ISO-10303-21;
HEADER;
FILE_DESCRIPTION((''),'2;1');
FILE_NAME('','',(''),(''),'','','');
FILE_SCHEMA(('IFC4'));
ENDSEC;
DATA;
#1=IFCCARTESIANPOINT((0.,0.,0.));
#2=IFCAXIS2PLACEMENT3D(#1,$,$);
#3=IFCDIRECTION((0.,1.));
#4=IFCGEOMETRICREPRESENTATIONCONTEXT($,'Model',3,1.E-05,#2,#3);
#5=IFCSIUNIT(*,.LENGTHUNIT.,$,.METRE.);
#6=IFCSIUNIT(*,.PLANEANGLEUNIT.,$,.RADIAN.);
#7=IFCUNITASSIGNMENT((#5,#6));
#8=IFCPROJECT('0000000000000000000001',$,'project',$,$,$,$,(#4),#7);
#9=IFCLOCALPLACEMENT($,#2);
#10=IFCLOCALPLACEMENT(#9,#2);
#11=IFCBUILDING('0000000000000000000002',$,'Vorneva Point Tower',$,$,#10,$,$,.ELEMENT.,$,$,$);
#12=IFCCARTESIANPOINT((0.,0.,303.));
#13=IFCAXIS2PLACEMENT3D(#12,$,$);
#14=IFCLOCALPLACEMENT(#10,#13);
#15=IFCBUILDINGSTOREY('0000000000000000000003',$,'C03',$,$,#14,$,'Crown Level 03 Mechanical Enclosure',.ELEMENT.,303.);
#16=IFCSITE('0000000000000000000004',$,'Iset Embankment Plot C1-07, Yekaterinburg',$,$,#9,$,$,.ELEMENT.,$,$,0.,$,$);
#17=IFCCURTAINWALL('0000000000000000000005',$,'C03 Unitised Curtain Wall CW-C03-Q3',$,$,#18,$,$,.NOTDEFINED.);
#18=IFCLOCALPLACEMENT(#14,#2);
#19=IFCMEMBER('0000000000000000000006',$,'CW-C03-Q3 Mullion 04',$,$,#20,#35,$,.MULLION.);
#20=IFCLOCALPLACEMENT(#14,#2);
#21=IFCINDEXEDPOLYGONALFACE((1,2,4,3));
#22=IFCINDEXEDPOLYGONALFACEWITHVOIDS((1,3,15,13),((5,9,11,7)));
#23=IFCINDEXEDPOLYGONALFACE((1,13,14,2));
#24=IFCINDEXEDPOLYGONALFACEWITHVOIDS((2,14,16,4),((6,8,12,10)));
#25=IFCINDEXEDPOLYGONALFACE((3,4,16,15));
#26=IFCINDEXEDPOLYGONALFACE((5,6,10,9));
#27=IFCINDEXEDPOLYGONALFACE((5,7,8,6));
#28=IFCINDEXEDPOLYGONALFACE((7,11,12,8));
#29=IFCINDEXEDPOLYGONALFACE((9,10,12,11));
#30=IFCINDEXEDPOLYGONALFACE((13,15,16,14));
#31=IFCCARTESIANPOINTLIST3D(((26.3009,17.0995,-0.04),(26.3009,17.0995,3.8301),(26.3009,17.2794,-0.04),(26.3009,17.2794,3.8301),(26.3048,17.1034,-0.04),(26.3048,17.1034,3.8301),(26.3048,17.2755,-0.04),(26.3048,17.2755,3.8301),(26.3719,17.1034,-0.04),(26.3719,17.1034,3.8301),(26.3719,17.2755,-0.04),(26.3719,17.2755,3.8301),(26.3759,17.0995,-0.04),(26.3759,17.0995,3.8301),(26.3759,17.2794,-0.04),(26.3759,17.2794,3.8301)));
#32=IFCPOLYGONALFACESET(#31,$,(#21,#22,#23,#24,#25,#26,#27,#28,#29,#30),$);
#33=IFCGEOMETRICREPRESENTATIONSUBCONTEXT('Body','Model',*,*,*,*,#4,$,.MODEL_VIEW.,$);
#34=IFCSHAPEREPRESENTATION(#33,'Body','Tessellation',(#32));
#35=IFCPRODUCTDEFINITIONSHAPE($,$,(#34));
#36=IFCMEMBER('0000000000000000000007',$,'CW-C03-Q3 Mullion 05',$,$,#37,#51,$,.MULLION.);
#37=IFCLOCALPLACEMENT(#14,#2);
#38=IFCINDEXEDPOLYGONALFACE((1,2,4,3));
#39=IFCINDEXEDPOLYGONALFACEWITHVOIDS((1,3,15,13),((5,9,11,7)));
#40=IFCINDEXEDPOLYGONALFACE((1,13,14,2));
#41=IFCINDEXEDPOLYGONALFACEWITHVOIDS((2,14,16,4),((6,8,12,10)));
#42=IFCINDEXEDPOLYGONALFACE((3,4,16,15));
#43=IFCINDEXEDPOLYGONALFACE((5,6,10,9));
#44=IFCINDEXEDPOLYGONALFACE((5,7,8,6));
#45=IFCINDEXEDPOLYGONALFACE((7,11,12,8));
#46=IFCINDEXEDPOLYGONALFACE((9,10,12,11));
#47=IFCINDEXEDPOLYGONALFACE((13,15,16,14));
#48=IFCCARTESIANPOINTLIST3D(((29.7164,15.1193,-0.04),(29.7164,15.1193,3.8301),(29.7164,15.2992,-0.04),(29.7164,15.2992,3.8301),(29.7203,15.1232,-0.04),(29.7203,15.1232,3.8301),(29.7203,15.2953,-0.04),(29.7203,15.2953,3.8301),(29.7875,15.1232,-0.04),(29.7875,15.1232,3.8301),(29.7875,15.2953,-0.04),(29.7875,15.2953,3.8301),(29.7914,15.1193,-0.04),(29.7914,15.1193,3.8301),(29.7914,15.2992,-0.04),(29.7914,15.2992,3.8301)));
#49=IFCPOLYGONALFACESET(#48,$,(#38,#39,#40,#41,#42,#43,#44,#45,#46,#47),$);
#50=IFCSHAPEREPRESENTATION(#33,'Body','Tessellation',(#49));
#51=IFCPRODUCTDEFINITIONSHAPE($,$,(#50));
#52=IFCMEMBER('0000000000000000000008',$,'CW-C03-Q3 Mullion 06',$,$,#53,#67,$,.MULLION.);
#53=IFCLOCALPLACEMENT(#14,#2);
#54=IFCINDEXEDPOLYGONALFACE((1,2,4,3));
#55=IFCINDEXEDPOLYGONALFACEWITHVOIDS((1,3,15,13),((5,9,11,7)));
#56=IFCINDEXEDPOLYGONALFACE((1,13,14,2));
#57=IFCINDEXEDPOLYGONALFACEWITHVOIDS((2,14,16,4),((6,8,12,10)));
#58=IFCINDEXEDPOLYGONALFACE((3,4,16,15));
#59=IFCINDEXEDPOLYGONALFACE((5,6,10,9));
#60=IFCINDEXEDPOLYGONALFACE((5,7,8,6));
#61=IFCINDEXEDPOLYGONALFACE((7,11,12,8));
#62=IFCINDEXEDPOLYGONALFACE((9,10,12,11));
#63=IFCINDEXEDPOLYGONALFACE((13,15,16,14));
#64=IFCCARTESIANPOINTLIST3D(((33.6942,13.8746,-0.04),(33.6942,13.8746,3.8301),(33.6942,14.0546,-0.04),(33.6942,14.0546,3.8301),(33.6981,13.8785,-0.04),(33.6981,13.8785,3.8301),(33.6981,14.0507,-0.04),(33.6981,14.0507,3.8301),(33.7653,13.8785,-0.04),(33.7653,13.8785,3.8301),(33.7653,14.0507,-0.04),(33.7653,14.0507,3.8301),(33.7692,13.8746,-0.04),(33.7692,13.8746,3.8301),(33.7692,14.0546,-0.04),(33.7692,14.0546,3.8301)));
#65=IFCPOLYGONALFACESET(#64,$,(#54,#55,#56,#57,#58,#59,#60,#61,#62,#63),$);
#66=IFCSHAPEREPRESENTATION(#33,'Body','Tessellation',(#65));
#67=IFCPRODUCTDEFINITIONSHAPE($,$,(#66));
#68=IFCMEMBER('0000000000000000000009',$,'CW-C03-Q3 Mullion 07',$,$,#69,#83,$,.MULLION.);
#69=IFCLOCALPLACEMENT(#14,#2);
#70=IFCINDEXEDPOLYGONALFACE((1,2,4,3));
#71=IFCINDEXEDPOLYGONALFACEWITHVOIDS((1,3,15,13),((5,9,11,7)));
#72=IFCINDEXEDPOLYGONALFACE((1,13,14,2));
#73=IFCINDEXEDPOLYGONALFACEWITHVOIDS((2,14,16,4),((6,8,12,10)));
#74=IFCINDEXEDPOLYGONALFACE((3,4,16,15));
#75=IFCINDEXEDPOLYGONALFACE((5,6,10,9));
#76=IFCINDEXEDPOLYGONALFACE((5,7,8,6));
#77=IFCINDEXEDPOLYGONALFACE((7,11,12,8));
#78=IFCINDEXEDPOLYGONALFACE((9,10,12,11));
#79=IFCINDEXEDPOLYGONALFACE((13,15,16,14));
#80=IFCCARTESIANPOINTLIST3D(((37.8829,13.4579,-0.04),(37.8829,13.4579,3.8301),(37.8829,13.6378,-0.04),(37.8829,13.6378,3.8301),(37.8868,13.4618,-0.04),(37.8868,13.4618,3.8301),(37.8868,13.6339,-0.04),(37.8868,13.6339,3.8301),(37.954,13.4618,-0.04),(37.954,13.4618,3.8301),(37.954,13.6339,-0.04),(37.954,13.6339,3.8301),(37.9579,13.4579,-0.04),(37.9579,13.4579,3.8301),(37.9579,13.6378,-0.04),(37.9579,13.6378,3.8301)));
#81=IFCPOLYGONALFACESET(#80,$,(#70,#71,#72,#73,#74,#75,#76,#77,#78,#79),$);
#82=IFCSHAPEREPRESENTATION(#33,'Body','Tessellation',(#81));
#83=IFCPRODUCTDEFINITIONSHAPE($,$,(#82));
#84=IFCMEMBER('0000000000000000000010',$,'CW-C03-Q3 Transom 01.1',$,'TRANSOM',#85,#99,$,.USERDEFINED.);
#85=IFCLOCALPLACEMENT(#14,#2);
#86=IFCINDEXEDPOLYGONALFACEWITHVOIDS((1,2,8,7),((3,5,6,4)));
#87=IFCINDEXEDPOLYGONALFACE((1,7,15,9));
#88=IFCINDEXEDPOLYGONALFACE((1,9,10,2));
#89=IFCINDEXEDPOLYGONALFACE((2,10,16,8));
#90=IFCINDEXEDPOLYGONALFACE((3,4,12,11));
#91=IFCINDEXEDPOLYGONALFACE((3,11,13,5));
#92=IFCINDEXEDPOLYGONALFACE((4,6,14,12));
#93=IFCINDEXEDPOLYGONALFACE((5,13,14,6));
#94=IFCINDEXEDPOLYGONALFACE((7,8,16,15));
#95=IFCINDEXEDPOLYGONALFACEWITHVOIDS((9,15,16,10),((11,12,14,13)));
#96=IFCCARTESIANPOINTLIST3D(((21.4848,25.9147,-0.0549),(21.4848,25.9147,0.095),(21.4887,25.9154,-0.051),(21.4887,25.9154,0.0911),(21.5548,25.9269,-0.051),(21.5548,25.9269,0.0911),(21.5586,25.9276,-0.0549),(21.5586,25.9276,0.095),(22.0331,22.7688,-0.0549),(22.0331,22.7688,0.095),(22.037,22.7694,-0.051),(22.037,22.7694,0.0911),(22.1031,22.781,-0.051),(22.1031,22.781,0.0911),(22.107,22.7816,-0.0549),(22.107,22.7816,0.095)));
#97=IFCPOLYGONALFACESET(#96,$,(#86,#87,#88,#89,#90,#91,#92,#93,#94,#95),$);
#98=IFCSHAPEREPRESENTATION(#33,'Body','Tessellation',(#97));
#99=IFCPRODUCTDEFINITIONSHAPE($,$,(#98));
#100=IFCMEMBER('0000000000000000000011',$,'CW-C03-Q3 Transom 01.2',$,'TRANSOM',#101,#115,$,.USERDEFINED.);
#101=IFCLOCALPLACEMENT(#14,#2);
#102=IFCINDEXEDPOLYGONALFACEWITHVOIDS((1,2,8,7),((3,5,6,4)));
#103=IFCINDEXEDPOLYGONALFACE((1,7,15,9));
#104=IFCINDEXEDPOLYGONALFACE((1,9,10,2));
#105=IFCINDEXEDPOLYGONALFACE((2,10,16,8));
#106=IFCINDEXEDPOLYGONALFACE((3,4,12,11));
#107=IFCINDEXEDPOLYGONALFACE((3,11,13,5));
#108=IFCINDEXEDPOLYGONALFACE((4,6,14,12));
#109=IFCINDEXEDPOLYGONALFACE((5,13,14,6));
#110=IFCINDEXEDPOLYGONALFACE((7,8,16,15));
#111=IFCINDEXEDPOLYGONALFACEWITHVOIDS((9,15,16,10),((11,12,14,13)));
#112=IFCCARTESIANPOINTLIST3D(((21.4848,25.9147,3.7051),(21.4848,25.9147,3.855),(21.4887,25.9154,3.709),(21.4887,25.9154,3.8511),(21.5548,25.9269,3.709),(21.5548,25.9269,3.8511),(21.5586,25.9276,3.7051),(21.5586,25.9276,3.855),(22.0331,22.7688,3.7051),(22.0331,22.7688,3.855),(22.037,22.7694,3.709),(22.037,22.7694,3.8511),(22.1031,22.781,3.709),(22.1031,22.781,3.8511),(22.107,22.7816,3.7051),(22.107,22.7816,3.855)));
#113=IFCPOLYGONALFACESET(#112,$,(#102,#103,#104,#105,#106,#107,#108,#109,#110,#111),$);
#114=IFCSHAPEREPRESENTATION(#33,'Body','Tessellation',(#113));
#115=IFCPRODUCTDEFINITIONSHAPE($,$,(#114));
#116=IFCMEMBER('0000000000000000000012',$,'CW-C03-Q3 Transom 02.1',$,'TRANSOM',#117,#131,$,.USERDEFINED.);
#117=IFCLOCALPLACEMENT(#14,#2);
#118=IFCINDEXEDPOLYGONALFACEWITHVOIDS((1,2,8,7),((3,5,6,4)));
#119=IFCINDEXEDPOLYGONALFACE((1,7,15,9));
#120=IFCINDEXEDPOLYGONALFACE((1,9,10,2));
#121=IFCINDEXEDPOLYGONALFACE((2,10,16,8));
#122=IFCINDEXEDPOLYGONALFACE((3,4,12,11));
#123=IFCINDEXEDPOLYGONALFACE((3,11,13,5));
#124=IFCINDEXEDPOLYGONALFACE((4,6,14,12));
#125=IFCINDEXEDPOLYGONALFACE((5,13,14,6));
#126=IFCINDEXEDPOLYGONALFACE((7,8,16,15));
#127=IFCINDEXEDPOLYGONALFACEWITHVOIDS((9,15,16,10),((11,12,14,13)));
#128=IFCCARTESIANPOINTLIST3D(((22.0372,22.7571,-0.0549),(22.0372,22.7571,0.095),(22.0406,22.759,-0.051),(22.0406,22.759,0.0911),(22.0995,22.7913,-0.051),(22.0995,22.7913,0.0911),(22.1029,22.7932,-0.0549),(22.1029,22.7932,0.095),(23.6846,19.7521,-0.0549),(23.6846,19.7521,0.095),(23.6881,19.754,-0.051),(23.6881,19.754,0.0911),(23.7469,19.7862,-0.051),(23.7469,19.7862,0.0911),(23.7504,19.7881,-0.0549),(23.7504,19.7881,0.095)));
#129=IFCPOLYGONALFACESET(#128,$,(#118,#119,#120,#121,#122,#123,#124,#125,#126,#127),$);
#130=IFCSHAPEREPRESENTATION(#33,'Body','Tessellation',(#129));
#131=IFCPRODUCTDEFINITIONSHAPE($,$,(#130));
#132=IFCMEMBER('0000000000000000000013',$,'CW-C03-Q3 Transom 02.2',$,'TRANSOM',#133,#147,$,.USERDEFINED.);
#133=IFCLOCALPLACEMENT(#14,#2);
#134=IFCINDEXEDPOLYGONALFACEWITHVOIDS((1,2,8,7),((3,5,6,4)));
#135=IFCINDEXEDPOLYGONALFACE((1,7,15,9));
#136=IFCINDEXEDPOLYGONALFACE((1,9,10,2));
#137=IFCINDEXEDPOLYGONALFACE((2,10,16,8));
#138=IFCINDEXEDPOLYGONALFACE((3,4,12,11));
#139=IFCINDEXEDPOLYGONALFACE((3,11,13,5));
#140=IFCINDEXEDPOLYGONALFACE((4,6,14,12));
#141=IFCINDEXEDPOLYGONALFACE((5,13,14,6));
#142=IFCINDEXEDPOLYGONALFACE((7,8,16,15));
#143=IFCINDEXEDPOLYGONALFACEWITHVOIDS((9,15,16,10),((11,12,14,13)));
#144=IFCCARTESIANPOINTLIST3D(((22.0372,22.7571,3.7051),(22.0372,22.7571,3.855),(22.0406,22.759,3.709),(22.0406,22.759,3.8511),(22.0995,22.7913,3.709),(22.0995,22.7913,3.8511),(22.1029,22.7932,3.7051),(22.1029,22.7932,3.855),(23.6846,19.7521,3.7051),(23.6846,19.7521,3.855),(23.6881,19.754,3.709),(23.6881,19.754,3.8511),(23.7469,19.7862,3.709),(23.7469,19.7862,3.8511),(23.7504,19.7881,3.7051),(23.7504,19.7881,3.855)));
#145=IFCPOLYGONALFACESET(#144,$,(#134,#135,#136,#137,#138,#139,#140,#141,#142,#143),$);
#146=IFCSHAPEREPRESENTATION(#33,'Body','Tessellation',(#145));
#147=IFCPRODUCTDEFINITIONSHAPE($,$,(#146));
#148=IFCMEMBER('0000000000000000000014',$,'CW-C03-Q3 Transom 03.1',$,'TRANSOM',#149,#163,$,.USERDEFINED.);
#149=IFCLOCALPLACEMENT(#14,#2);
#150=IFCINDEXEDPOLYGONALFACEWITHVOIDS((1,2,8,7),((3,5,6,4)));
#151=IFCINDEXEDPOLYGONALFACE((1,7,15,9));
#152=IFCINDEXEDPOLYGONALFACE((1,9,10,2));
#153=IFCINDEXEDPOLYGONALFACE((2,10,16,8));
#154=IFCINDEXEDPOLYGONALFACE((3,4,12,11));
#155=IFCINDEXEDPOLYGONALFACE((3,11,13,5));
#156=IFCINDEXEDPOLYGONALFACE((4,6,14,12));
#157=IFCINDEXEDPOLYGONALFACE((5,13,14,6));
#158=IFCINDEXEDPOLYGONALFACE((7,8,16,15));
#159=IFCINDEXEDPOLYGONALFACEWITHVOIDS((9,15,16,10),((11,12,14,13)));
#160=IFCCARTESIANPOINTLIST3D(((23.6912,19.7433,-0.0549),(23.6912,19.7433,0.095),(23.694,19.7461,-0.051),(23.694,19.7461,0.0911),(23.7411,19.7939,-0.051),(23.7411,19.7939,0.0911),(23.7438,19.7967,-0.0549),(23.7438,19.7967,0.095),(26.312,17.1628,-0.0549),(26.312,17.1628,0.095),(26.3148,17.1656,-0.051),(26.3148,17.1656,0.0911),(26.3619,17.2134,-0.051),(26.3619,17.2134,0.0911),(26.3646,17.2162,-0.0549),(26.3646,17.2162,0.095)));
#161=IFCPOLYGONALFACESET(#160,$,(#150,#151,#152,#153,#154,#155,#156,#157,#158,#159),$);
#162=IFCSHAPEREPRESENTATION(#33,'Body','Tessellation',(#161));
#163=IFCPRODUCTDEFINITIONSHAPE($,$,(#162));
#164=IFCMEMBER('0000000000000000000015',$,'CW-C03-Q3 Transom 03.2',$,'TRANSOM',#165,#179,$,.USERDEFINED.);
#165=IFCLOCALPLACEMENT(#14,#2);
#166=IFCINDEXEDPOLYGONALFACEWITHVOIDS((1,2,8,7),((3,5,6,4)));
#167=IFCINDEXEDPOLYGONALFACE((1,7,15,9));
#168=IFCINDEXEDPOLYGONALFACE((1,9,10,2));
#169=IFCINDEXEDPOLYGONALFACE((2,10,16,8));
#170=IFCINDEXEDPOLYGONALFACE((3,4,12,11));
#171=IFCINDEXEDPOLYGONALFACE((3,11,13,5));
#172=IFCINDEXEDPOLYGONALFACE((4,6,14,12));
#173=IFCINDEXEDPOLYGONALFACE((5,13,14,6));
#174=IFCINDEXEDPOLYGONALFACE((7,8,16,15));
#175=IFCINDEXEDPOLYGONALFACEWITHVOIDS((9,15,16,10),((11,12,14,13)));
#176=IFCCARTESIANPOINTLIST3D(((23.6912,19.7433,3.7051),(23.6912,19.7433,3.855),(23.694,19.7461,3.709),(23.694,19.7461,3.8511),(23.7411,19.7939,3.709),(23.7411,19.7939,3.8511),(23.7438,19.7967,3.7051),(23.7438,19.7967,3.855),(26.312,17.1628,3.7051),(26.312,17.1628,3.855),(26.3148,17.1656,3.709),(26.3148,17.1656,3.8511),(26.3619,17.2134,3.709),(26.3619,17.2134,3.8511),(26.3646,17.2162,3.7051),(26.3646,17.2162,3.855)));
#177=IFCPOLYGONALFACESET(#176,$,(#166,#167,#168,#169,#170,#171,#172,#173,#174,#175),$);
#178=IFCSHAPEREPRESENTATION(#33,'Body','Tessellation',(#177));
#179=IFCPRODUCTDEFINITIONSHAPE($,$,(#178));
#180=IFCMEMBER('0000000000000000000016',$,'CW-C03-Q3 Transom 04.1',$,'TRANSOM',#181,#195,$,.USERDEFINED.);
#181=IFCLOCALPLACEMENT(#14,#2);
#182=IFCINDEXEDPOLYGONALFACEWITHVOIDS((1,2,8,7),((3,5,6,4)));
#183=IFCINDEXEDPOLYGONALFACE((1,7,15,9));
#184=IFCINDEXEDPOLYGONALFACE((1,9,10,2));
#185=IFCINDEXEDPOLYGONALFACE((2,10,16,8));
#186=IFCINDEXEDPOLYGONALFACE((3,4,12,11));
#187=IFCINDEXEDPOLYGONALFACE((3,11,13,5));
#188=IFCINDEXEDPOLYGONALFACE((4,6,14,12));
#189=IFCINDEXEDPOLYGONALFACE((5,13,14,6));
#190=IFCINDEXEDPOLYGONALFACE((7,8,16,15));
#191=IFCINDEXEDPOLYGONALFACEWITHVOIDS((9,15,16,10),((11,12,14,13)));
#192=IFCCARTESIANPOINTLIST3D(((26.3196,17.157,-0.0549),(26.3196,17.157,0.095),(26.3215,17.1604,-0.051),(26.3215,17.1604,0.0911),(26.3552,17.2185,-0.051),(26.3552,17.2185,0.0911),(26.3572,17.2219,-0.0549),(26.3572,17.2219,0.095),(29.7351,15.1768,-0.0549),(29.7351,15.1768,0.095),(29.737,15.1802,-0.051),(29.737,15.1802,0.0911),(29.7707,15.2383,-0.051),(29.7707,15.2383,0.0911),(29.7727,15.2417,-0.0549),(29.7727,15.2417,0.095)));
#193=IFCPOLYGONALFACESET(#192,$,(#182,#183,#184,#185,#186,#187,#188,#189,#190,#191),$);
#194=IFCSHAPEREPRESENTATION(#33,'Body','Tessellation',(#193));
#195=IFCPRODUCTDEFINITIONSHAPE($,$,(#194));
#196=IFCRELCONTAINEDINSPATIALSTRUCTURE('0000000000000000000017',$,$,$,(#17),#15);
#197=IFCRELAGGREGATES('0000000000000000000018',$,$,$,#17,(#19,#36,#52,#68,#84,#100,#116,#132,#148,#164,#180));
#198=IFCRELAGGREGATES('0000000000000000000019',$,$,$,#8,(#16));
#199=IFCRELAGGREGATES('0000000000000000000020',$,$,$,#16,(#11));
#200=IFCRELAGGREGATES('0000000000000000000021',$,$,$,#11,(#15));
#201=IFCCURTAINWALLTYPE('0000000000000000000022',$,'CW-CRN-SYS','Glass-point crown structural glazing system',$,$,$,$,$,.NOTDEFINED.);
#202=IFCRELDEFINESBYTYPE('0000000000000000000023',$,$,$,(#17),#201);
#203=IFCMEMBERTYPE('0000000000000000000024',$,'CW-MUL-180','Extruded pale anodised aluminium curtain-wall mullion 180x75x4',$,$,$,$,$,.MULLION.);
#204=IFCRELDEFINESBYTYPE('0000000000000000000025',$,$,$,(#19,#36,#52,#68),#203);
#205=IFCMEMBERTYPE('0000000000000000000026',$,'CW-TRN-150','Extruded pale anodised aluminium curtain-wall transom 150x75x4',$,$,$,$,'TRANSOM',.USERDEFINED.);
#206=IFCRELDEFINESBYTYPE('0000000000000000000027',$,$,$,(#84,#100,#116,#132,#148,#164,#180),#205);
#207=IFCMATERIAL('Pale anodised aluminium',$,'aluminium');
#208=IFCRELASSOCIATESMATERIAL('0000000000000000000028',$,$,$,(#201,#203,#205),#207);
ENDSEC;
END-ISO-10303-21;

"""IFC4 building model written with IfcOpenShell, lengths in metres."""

from ifc_helpers import new_model, si_unit, direction, frame, origin, origin_2d, place, context, subcontext, project, spatial, hollow_rectangle, extrude, material, material_profile, profile_set, type_object, element, aggregate, save


model = new_model("IFC4")

# Units and contexts
model_context = context("Model", 3, precision=1e-05, world=origin(), true_north=direction((0.0, 1.0)))
body_context = subcontext(model_context, "Body", "Model", "MODEL_VIEW")
ifc_project = project(units=[si_unit("LENGTHUNIT", "METRE"), si_unit("PLANEANGLEUNIT", "RADIAN")], contexts=[model_context])

# Site, building, storey
site_placement = place(None, origin())
site = spatial("IfcSite", under=ifc_project, at=site_placement, Name="Iset Embankment Plot C1-07, Yekaterinburg", CompositionType="ELEMENT", RefElevation=0.0)
building_placement = place(site_placement, origin())
building = spatial("IfcBuilding", under=site, at=building_placement, Name="Vorneva Point Tower", CompositionType="ELEMENT")
storey_placement = place(building_placement, frame((0.0, 0.0, 303.0)))
storey = spatial("IfcBuildingStorey", under=building, at=storey_placement, Name="C03", LongName="Crown Level 03 Mechanical Enclosure", CompositionType="ELEMENT", Elevation=303.0)

# Curtain wall, members
ifc_material_1 = material(Name="Pale anodised aluminium", Category="aluminium")
curtain_wall_type = type_object("IfcCurtainWallType", Name="CW-CRN-SYS", Description="Glass-point crown structural glazing system", PredefinedType="NOTDEFINED", material=ifc_material_1)
curtain_wall_placement = place(storey_placement, origin())
curtain_wall = element("IfcCurtainWall", 1, at=curtain_wall_placement, inside=storey, type_object=curtain_wall_type, Name="C03 Unitised Curtain Wall CW-C03-Q3", PredefinedType="NOTDEFINED")
ifc_material_profile_1 = material_profile(ifc_material_1, hollow_rectangle(XDim=0.075, YDim=0.1799, WallThickness=0.0039, at=origin_2d()), Name="AL-MUL 180x75x4")
ifc_profile_set_1 = profile_set([ifc_material_profile_1], Name="Pale anodised aluminium")
member_type_1 = type_object("IfcMemberType", Name="CW-MUL-180", Description="Extruded pale anodised aluminium curtain-wall mullion 180x75x4", PredefinedType="MULLION", material=ifc_profile_set_1)
member_1_placement = place(storey_placement, frame((26.3384, 17.1895, -0.04), z_axis=(0.0, 0.0, 1.0), x_axis=(1.0, 0.0, 0.0)))
member_1 = element("IfcMember", 2, at=member_1_placement, type_object=member_type_1, Name="CW-C03-Q3 Mullion 04", PredefinedType="MULLION", context=body_context, shape_type="SweptSolid", body=[
    extrude(hollow_rectangle(XDim=0.075, YDim=0.1799, WallThickness=0.0039, at=origin_2d()), origin(), (0.0, 0.0, 1.0), 3.8701),
])
member_2_placement = place(storey_placement, frame((29.7539, 15.2092, -0.04), z_axis=(0.0, 0.0, 1.0), x_axis=(1.0, 0.0, 0.0)))
member_2 = element("IfcMember", 3, at=member_2_placement, type_object=member_type_1, Name="CW-C03-Q3 Mullion 05", PredefinedType="MULLION", context=body_context, shape_type="SweptSolid", body=[
    extrude(hollow_rectangle(XDim=0.075, YDim=0.1799, WallThickness=0.0039, at=origin_2d()), origin(), (0.0, 0.0, 1.0), 3.8701),
])
member_3_placement = place(storey_placement, frame((33.7317, 13.9646, -0.04), z_axis=(0.0, 0.0, 1.0), x_axis=(1.0, 0.0, 0.0)))
member_3 = element("IfcMember", 4, at=member_3_placement, type_object=member_type_1, Name="CW-C03-Q3 Mullion 06", PredefinedType="MULLION", context=body_context, shape_type="SweptSolid", body=[
    extrude(hollow_rectangle(XDim=0.075, YDim=0.1799, WallThickness=0.0039, at=origin_2d()), origin(), (0.0, 0.0, 1.0), 3.8701),
])
member_4_placement = place(storey_placement, frame((37.9204, 13.5479, -0.04), z_axis=(0.0, 0.0, 1.0), x_axis=(1.0, 0.0, 0.0)))
member_4 = element("IfcMember", 5, at=member_4_placement, type_object=member_type_1, Name="CW-C03-Q3 Mullion 07", PredefinedType="MULLION", context=body_context, shape_type="SweptSolid", body=[
    extrude(hollow_rectangle(XDim=0.075, YDim=0.1799, WallThickness=0.0039, at=origin_2d()), origin(), (0.0, 0.0, 1.0), 3.8701),
])
ifc_material_profile_2 = material_profile(ifc_material_1, hollow_rectangle(XDim=0.075, YDim=0.1499, WallThickness=0.0039, at=origin_2d()), Name="AL-TRN 150x75x4")
ifc_profile_set_2 = profile_set([ifc_material_profile_2], Name="Pale anodised aluminium")
member_type_2 = type_object("IfcMemberType", Name="CW-TRN-150", Description="Extruded pale anodised aluminium curtain-wall transom 150x75x4", ElementType="TRANSOM", PredefinedType="USERDEFINED", material=ifc_profile_set_2)
member_5_placement = place(storey_placement, frame((21.5217, 25.9211, 0.02), z_axis=(0.171709, -0.985148, 0.0), x_axis=(0.985148, 0.171709, 0.0)))
member_5 = element("IfcMember", 6, at=member_5_placement, type_object=member_type_2, Name="CW-C03-Q3 Transom 01.1", ObjectType="TRANSOM", PredefinedType="USERDEFINED", context=body_context, shape_type="SweptSolid", body=[
    extrude(hollow_rectangle(XDim=0.075, YDim=0.1499, WallThickness=0.0039, at=origin_2d()), origin(), (0.0, 0.0, 1.0), 3.1934),
])
member_6_placement = place(storey_placement, frame((21.5217, 25.9211, 3.78), z_axis=(0.171709, -0.985148, 0.0), x_axis=(0.985148, 0.171709, 0.0)))
member_6 = element("IfcMember", 7, at=member_6_placement, type_object=member_type_2, Name="CW-C03-Q3 Transom 01.2", ObjectType="TRANSOM", PredefinedType="USERDEFINED", context=body_context, shape_type="SweptSolid", body=[
    extrude(hollow_rectangle(XDim=0.075, YDim=0.1499, WallThickness=0.0039, at=origin_2d()), origin(), (0.0, 0.0, 1.0), 3.1934),
])
member_7_placement = place(storey_placement, frame((22.0701, 22.7751, 0.02), z_axis=(0.480718, -0.876875, 0.0), x_axis=(0.876875, 0.480718, 0.0)))
member_7 = element("IfcMember", 8, at=member_7_placement, type_object=member_type_2, Name="CW-C03-Q3 Transom 02.1", ObjectType="TRANSOM", PredefinedType="USERDEFINED", context=body_context, shape_type="SweptSolid", body=[
    extrude(hollow_rectangle(XDim=0.075, YDim=0.1499, WallThickness=0.0039, at=origin_2d()), origin(), (0.0, 0.0, 1.0), 3.427),
])
member_8_placement = place(storey_placement, frame((22.0701, 22.7751, 3.78), z_axis=(0.480718, -0.876875, 0.0), x_axis=(0.876875, 0.480718, 0.0)))
member_8 = element("IfcMember", 9, at=member_8_placement, type_object=member_type_2, Name="CW-C03-Q3 Transom 02.2", ObjectType="TRANSOM", PredefinedType="USERDEFINED", context=body_context, shape_type="SweptSolid", body=[
    extrude(hollow_rectangle(XDim=0.075, YDim=0.1499, WallThickness=0.0039, at=origin_2d()), origin(), (0.0, 0.0, 1.0), 3.427),
])
member_9_placement = place(storey_placement, frame((23.7175, 19.77, 0.02), z_axis=(0.712562, -0.701609, 0.0), x_axis=(0.701609, 0.712562, 0.0)))
member_9 = element("IfcMember", 10, at=member_9_placement, type_object=member_type_2, Name="CW-C03-Q3 Transom 03.1", ObjectType="TRANSOM", PredefinedType="USERDEFINED", context=body_context, shape_type="SweptSolid", body=[
    extrude(hollow_rectangle(XDim=0.075, YDim=0.1499, WallThickness=0.0039, at=origin_2d()), origin(), (0.0, 0.0, 1.0), 3.678),
])
member_10_placement = place(storey_placement, frame((23.7175, 19.77, 3.78), z_axis=(0.712562, -0.701609, 0.0), x_axis=(0.701609, 0.712562, 0.0)))
member_10 = element("IfcMember", 11, at=member_10_placement, type_object=member_type_2, Name="CW-C03-Q3 Transom 03.2", ObjectType="TRANSOM", PredefinedType="USERDEFINED", context=body_context, shape_type="SweptSolid", body=[
    extrude(hollow_rectangle(XDim=0.075, YDim=0.1499, WallThickness=0.0039, at=origin_2d()), origin(), (0.0, 0.0, 1.0), 3.678),
])
member_11_placement = place(storey_placement, frame((26.3384, 17.1895, 0.02), z_axis=(0.865117, -0.50157, 0.0), x_axis=(0.50157, 0.865117, 0.0)))
member_11 = element("IfcMember", 12, at=member_11_placement, type_object=member_type_2, Name="CW-C03-Q3 Transom 04.1", ObjectType="TRANSOM", PredefinedType="USERDEFINED", context=body_context, shape_type="SweptSolid", body=[
    extrude(hollow_rectangle(XDim=0.075, YDim=0.1499, WallThickness=0.0039, at=origin_2d()), origin(), (0.0, 0.0, 1.0), 3.948),
])

aggregate(curtain_wall, [member_1, member_2, member_3, member_4, member_5, member_6, member_7, member_8, member_9, member_10, member_11])

save(model, "model.ifc")
